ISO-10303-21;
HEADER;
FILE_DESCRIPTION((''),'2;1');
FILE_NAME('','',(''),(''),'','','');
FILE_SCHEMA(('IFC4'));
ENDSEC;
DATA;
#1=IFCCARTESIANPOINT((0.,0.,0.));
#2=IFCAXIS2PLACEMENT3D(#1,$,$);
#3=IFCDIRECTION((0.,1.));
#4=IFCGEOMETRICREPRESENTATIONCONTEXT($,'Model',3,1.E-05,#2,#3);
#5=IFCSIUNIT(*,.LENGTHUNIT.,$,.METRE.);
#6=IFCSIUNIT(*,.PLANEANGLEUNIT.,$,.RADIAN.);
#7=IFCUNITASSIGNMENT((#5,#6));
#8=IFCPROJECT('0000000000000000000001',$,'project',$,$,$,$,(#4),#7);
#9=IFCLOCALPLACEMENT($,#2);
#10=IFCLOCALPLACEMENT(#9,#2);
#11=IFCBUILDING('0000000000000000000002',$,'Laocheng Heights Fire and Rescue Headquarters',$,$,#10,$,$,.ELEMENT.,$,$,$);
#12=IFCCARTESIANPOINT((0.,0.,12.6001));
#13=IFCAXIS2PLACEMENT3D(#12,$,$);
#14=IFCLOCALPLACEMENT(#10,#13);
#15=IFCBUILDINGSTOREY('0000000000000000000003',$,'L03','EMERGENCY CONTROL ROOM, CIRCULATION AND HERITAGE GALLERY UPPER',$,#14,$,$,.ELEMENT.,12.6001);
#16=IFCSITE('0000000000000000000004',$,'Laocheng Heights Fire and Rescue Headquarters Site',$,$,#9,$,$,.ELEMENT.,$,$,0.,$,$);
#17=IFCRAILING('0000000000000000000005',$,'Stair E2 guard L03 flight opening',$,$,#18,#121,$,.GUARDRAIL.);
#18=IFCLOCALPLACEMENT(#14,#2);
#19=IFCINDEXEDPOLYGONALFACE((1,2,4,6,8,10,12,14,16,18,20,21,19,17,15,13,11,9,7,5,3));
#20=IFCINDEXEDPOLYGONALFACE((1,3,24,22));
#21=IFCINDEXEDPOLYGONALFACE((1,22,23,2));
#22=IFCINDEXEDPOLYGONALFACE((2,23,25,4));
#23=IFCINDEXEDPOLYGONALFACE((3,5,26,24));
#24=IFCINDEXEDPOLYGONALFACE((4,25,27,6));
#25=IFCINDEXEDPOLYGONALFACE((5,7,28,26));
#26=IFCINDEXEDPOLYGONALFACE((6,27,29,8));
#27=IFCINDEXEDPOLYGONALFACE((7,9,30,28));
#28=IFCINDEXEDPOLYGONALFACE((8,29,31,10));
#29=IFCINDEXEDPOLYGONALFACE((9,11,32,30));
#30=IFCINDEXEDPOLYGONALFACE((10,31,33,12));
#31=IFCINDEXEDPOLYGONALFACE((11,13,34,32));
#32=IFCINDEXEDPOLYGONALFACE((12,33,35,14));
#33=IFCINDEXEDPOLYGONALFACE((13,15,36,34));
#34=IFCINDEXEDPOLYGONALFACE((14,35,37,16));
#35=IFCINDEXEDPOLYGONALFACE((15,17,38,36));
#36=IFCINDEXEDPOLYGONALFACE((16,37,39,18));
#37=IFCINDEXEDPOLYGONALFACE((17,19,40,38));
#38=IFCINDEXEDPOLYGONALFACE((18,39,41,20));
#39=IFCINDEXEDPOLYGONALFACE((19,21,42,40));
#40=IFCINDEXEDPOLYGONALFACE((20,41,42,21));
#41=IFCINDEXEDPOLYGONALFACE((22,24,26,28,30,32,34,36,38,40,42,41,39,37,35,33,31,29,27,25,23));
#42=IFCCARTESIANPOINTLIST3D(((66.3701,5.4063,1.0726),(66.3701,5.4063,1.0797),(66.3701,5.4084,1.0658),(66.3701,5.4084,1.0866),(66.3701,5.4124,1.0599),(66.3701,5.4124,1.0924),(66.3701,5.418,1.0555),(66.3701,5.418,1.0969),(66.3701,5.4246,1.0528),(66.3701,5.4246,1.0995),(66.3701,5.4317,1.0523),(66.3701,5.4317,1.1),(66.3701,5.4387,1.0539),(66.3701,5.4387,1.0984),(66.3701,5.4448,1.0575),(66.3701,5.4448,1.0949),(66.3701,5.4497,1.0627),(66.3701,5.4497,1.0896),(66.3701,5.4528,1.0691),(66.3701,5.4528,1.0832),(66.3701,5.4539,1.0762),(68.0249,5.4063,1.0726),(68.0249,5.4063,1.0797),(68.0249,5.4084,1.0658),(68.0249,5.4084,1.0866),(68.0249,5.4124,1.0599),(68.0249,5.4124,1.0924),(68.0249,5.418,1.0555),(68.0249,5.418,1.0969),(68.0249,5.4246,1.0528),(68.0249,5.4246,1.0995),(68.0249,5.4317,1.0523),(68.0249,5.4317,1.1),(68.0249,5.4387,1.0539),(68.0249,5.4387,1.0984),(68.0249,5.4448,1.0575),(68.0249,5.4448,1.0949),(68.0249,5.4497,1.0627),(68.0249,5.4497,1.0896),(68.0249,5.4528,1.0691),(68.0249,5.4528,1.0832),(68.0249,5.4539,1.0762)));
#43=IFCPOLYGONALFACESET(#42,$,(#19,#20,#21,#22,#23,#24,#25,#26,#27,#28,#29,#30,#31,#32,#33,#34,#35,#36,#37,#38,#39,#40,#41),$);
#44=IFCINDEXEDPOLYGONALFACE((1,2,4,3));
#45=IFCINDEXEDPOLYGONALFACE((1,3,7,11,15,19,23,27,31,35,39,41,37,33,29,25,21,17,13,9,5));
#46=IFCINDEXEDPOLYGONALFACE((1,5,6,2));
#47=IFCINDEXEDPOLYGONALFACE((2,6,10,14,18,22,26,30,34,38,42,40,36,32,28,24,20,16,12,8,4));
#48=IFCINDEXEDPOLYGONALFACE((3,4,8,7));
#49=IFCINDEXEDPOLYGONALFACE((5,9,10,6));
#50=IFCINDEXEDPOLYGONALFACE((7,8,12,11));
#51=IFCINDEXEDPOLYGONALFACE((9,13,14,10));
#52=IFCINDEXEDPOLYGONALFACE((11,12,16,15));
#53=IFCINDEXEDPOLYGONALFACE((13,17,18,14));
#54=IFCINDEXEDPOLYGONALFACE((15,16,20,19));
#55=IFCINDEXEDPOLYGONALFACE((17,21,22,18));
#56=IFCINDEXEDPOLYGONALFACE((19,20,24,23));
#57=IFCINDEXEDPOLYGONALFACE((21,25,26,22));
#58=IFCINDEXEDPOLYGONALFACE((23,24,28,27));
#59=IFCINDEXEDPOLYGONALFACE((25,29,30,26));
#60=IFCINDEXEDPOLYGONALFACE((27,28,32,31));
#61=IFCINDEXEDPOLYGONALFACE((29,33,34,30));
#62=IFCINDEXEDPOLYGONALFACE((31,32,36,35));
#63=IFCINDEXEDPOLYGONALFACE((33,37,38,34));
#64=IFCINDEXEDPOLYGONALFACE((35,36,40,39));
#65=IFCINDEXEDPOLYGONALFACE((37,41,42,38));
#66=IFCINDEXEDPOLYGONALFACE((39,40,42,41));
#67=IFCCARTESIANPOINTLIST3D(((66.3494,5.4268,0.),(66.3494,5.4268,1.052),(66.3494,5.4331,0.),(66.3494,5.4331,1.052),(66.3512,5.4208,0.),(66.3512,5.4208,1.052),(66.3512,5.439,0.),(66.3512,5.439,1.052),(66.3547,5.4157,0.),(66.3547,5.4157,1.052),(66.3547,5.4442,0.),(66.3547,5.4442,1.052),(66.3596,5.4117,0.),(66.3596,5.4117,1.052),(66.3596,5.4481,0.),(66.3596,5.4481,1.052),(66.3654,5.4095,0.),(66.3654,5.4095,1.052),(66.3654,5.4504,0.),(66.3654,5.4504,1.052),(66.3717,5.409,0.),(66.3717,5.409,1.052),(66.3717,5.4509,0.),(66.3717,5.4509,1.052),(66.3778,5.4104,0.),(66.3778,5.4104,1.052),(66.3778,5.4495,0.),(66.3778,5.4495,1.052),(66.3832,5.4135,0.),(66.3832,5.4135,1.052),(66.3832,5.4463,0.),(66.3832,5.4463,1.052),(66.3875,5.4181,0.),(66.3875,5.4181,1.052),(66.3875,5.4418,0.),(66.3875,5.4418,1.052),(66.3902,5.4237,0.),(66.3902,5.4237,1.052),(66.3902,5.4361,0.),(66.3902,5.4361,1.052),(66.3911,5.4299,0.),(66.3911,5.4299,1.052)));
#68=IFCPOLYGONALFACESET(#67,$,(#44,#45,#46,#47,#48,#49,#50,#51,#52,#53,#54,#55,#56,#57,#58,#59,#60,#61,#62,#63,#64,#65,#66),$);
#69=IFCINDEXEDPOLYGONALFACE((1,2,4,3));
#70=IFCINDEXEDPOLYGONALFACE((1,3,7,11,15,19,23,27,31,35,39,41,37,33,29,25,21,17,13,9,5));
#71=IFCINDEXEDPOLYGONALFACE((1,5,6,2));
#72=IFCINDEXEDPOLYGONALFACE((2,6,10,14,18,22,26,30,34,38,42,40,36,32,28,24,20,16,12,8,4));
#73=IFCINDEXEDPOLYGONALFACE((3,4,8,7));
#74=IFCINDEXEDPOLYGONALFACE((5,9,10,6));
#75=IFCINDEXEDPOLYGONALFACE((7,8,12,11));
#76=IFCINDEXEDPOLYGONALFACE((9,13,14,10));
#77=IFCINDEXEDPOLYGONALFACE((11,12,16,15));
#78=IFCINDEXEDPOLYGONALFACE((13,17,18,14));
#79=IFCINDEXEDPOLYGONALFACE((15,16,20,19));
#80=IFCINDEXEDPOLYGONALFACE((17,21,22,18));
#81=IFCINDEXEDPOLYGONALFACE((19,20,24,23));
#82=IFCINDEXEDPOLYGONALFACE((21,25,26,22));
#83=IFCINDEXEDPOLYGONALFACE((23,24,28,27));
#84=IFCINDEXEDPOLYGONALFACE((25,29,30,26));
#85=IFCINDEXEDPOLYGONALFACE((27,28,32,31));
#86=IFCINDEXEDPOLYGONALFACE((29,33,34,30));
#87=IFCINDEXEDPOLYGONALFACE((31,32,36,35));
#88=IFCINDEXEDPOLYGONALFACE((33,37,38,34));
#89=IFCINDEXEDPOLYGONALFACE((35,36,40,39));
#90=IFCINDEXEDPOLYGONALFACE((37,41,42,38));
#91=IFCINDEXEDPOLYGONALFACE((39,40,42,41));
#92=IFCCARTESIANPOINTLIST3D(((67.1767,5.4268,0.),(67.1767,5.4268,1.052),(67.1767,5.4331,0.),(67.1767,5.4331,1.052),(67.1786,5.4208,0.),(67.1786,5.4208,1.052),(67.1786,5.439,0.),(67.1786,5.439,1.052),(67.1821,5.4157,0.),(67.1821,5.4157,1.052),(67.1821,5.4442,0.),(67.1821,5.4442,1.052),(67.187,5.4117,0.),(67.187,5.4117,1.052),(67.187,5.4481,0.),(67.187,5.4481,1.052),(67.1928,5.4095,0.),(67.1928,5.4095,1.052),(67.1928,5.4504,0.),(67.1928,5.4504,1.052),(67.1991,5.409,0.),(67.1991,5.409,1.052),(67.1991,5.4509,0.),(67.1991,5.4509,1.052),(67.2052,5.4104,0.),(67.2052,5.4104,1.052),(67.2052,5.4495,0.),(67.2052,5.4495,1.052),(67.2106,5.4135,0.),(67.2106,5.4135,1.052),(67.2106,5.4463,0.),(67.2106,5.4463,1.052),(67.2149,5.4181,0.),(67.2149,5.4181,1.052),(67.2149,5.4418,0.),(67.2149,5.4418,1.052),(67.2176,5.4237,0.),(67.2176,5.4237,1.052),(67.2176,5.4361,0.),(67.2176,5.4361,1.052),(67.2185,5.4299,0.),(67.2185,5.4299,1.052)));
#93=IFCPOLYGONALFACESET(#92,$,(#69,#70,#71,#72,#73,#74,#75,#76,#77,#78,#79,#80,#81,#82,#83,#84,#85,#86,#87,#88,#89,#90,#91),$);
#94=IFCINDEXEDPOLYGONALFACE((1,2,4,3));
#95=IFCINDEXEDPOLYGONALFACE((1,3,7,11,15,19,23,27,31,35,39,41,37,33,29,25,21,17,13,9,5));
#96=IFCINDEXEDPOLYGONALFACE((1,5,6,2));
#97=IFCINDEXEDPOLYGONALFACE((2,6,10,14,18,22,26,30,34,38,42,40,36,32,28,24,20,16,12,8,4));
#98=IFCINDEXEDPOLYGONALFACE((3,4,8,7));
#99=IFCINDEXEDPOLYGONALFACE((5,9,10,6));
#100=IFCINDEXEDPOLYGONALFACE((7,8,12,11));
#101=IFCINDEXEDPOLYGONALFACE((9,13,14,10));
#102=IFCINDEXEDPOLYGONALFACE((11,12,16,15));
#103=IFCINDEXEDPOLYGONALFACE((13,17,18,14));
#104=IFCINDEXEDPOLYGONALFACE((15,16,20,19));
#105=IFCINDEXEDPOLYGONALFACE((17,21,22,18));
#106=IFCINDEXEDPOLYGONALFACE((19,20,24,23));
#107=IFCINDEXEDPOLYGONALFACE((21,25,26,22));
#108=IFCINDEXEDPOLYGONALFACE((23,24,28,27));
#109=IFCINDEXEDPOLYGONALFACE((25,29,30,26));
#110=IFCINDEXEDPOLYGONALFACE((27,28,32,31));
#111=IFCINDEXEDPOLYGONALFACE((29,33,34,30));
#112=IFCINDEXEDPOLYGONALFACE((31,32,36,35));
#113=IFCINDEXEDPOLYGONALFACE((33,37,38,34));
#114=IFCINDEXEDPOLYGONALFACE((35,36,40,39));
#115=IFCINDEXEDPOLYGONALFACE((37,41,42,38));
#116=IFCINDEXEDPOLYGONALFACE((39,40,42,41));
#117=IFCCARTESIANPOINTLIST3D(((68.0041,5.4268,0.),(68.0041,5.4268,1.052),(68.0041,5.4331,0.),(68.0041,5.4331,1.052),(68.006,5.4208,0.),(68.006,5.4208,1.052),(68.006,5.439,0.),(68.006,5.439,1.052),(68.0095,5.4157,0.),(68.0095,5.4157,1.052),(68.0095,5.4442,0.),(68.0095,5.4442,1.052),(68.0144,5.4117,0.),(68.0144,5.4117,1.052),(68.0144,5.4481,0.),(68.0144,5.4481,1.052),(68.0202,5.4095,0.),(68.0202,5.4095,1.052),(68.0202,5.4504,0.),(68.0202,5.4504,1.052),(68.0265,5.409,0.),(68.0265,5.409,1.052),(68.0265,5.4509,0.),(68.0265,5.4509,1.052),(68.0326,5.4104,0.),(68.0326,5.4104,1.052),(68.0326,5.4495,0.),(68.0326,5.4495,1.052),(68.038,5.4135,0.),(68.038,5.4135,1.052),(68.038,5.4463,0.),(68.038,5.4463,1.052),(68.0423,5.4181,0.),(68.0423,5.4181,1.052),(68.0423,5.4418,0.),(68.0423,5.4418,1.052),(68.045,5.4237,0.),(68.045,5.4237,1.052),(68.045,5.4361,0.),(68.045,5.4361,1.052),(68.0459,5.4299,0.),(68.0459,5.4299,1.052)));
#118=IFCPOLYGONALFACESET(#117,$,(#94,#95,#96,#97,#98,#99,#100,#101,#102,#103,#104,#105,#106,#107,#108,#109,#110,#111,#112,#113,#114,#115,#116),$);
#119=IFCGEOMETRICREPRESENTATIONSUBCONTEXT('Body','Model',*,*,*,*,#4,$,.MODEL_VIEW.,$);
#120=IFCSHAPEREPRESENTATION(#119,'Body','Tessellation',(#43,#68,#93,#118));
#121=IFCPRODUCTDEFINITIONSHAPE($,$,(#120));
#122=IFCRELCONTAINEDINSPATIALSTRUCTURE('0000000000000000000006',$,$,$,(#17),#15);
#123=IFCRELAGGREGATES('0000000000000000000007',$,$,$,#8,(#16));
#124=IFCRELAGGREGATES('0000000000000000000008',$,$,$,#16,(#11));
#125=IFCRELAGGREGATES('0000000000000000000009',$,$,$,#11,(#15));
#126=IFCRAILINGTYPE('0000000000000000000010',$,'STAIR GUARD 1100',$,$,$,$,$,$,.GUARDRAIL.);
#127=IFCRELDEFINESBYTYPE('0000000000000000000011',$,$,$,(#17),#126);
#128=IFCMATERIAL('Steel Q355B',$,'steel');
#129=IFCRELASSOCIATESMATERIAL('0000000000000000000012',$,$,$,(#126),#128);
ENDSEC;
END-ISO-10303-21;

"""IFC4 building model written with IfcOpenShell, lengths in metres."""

from ifc_helpers import new_model, si_unit, direction, frame, origin, origin_2d, place, context, subcontext, project, spatial, circle, extrude, material, type_object, element, save


model = new_model("IFC4")

# Units and contexts
model_context = context("Model", 3, precision=1e-05, world=origin(), true_north=direction((0.0, 1.0)))
body_context = subcontext(model_context, "Body", "Model", "MODEL_VIEW")
ifc_project = project(units=[si_unit("LENGTHUNIT", "METRE"), si_unit("PLANEANGLEUNIT", "RADIAN")], contexts=[model_context])

# Site, building, storey
site_placement = place(None, origin())
site = spatial("IfcSite", under=ifc_project, at=site_placement, Name="Laocheng Heights Fire and Rescue Headquarters Site", CompositionType="ELEMENT", RefElevation=0.0)
building_placement = place(site_placement, origin())
building = spatial("IfcBuilding", under=site, at=building_placement, Name="Laocheng Heights Fire and Rescue Headquarters", CompositionType="ELEMENT")
storey_placement = place(building_placement, frame((0.0, 0.0, 12.6001)))
storey = spatial("IfcBuildingStorey", under=building, at=storey_placement, Name="L03", Description="EMERGENCY CONTROL ROOM, CIRCULATION AND HERITAGE GALLERY UPPER", CompositionType="ELEMENT", Elevation=12.6001)

# Railing
ifc_material_1 = material(Name="Steel Q355B", Category="steel")
railing_type = type_object("IfcRailingType", Name="STAIR GUARD 1100", PredefinedType="GUARDRAIL", material=ifc_material_1)
railing_1_placement = place(storey_placement, frame((66.3701, 5.4299, 0.0)))
element("IfcRailing", 1, at=railing_1_placement, inside=storey, type_object=railing_type, Name="Stair E2 guard L03 flight opening", PredefinedType="GUARDRAIL", context=body_context, shape_type="SweptSolid", body=[
    extrude(circle(Radius=0.0239, at=origin_2d()), frame((0.0, 0.0, 1.0762), z_axis=(1.0, 0.0, 0.0), x_axis=(0.0, 1.0, 0.0)), (0.0, 0.0, 1.0), 1.6548),
    extrude(circle(Radius=0.021, at=origin_2d()), origin(), (0.0, 0.0, 1.0), 1.052),
    extrude(circle(Radius=0.021, at=origin_2d()), frame((0.8274, 0.0, 0.0)), (0.0, 0.0, 1.0), 1.052),
    extrude(circle(Radius=0.021, at=origin_2d()), frame((1.6548, 0.0, 0.0)), (0.0, 0.0, 1.0), 1.052),
])

save(model, "model.ifc")
